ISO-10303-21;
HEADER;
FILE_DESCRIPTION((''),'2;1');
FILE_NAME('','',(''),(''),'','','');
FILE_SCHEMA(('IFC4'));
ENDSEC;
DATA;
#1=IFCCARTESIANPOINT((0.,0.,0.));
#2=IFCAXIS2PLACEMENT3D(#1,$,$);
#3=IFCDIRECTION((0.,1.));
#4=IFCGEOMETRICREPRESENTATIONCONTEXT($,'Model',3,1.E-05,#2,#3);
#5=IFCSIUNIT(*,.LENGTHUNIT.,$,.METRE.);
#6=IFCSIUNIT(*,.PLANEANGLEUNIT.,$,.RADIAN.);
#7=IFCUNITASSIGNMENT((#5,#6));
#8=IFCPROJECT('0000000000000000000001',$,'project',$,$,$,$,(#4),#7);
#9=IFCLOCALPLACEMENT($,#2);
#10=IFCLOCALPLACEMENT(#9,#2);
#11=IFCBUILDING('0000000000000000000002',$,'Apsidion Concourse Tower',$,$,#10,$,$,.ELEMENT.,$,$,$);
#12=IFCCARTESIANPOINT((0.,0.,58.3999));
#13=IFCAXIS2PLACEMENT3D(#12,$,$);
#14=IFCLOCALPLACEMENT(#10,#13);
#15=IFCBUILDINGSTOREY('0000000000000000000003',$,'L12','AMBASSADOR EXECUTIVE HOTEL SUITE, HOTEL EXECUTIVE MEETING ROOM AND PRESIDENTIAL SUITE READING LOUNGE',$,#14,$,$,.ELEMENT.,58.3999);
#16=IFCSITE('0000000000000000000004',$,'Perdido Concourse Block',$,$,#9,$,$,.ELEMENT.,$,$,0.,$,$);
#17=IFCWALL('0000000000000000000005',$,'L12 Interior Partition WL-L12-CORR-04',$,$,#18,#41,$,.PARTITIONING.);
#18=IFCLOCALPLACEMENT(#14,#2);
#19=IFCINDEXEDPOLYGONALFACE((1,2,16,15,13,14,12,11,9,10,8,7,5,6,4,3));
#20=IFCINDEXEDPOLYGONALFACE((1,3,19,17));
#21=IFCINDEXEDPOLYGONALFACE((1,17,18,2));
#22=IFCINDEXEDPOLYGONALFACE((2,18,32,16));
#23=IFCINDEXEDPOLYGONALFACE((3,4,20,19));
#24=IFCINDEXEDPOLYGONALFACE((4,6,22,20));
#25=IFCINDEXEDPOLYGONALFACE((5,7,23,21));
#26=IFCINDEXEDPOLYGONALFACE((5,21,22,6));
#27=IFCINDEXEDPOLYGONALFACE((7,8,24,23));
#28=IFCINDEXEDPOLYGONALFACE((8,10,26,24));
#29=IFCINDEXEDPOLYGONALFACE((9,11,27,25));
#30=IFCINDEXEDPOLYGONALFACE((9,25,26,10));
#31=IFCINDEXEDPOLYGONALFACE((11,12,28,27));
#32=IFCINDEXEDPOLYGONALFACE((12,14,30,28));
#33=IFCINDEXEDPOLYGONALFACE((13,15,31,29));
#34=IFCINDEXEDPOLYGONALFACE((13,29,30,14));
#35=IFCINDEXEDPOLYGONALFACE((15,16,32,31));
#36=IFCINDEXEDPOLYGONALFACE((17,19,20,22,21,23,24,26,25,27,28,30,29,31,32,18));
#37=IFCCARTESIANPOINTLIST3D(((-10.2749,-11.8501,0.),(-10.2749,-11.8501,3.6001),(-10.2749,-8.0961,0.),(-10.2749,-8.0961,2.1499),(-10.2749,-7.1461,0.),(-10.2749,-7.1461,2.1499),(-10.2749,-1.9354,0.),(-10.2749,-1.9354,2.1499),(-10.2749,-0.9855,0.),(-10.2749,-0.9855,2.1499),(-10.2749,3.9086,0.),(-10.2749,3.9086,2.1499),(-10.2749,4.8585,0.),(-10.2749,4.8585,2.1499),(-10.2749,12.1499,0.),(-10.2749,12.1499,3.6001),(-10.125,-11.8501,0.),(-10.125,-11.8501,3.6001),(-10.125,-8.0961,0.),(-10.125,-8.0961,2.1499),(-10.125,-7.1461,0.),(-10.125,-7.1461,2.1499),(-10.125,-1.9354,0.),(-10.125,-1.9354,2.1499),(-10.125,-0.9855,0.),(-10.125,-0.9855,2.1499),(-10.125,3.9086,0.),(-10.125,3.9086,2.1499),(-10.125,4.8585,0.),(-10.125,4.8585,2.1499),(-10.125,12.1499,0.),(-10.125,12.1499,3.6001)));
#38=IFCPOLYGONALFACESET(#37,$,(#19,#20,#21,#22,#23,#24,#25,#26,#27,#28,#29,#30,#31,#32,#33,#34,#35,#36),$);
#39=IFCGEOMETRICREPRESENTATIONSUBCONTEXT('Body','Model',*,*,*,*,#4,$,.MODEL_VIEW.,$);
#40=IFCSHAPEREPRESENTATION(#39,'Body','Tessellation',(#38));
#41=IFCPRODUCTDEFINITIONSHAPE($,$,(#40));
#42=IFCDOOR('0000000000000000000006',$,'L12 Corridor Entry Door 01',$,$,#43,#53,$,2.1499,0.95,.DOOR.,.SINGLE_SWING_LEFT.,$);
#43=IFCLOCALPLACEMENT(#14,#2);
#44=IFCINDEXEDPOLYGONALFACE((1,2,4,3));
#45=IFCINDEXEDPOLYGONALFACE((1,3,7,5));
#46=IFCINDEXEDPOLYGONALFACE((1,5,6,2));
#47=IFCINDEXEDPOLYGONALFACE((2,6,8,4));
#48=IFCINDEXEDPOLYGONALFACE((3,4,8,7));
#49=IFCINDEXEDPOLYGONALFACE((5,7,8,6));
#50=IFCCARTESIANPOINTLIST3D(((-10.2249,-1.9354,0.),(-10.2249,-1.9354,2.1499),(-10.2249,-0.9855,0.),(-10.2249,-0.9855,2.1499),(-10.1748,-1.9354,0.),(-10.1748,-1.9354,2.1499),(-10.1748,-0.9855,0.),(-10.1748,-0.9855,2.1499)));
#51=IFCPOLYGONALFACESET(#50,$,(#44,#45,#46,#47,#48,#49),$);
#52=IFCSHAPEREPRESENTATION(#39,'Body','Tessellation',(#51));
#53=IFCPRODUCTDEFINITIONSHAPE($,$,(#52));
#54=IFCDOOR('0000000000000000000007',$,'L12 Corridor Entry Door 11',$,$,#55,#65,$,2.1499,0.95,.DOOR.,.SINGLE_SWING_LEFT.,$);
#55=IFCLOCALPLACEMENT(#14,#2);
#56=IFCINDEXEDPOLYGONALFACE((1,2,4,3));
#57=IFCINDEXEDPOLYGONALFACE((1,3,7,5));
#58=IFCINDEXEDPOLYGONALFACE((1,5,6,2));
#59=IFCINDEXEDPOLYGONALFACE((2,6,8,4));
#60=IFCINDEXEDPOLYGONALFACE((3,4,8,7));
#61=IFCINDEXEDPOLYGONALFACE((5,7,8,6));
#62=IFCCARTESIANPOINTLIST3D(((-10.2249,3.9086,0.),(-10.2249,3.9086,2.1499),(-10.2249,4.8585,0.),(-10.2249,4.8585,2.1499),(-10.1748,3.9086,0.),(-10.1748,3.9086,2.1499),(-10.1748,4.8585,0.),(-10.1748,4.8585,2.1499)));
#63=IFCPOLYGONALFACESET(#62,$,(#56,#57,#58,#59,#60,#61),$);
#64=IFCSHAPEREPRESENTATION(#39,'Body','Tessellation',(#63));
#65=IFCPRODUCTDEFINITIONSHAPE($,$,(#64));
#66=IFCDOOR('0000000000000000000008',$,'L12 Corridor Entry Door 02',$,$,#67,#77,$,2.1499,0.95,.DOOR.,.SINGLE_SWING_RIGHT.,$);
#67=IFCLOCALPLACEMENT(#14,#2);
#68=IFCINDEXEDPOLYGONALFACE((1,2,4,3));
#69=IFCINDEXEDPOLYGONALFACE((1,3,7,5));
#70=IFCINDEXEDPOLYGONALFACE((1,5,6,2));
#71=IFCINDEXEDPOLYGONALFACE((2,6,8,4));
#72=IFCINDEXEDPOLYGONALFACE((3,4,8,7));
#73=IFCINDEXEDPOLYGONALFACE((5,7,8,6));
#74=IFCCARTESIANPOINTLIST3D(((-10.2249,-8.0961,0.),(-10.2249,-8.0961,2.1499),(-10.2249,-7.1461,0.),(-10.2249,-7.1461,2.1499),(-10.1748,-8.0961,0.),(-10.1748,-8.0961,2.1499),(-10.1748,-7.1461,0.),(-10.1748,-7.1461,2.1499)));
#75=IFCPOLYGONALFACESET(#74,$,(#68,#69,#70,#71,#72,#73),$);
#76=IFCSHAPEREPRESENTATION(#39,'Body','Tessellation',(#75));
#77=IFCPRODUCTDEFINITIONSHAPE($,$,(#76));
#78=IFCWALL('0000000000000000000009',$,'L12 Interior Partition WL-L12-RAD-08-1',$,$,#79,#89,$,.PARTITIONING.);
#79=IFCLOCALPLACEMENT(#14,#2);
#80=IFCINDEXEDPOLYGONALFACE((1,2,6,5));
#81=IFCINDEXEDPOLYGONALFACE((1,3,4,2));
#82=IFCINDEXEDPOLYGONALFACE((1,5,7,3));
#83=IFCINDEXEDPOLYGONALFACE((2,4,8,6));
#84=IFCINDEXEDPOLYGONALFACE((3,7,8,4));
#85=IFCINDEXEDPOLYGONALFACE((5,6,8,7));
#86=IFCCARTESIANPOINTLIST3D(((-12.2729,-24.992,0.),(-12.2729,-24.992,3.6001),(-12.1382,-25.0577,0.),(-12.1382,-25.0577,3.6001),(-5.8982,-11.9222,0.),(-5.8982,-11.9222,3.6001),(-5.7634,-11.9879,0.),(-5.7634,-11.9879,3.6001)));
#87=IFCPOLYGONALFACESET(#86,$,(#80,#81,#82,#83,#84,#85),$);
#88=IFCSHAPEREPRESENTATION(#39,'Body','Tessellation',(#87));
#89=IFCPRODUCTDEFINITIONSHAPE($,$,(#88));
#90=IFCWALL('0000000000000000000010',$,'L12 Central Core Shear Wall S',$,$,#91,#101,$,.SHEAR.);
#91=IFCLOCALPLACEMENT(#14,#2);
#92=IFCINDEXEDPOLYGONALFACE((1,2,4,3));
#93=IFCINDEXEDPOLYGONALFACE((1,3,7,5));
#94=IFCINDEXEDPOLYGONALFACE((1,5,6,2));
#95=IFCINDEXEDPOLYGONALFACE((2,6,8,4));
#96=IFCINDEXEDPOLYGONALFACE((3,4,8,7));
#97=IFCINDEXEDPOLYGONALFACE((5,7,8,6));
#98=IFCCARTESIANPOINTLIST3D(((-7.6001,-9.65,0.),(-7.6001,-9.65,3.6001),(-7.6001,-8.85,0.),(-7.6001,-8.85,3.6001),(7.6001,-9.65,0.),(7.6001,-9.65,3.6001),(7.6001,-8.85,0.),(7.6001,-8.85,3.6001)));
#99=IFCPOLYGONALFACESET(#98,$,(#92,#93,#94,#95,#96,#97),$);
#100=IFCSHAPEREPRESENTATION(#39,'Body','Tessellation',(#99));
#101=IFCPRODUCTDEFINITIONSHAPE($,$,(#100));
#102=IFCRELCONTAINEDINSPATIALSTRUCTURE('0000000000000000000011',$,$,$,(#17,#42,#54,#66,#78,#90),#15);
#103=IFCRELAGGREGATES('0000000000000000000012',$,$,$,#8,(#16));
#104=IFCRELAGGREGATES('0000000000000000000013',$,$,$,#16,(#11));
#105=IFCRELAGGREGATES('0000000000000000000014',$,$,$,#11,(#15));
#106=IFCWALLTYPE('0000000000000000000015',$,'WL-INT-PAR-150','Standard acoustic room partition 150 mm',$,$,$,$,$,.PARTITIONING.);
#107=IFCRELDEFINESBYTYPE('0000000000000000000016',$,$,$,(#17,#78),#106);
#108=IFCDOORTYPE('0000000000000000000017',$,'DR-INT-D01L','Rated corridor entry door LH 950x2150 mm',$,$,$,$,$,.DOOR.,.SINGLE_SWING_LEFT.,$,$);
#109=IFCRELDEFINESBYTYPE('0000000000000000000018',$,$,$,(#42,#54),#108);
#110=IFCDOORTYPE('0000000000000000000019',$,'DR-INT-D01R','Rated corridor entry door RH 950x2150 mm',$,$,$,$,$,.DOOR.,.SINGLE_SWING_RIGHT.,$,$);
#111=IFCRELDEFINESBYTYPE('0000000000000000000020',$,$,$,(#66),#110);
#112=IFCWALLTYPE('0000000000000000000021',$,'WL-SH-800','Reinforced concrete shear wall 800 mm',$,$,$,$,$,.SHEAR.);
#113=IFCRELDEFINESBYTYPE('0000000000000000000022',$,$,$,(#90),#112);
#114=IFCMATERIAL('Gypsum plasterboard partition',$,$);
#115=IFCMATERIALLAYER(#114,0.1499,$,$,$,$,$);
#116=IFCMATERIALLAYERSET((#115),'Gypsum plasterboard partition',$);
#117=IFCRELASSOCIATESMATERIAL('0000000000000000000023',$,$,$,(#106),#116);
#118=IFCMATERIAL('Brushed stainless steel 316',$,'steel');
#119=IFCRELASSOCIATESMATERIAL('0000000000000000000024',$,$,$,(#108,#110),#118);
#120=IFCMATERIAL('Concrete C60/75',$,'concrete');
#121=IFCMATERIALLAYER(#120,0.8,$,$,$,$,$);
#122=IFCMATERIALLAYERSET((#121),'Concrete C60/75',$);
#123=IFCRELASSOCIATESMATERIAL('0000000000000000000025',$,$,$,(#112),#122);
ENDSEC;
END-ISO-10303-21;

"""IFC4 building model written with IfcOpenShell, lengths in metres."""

from ifc_helpers import new_model, si_unit, direction, frame, frame_2d, origin, place, context, subcontext, project, spatial, rectangle, extrude, material, layer, layer_set, type_object, element, fill, save


model = new_model("IFC4")

# Units and contexts
model_context = context("Model", 3, precision=1e-05, world=origin(), true_north=direction((0.0, 1.0)))
body_context = subcontext(model_context, "Body", "Model", "MODEL_VIEW")
ifc_project = project(units=[si_unit("LENGTHUNIT", "METRE"), si_unit("PLANEANGLEUNIT", "RADIAN")], contexts=[model_context])

# Site, building, storey
site_placement = place(None, origin())
site = spatial("IfcSite", under=ifc_project, at=site_placement, Name="Perdido Concourse Block", CompositionType="ELEMENT", RefElevation=0.0)
building_placement = place(site_placement, origin())
building = spatial("IfcBuilding", under=site, at=building_placement, Name="Apsidion Concourse Tower", CompositionType="ELEMENT")
storey_placement = place(building_placement, frame((0.0, 0.0, 58.3999)))
storey = spatial("IfcBuildingStorey", under=building, at=storey_placement, Name="L12", Description="AMBASSADOR EXECUTIVE HOTEL SUITE, HOTEL EXECUTIVE MEETING ROOM AND PRESIDENTIAL SUITE READING LOUNGE", CompositionType="ELEMENT", Elevation=58.3999)

# Shared definitions
ifc_material_1 = material(Name="Concrete C60/75", Category="concrete")

# Shared definitions
ifc_material_2 = material(Name="Gypsum plasterboard partition")
ifc_layer_1 = layer(ifc_material_2, 0.1499)
ifc_layer_set_1 = layer_set([ifc_layer_1], Name="Gypsum plasterboard partition")
wall_type_1 = type_object("IfcWallType", Name="WL-INT-PAR-150", Description="Standard acoustic room partition 150 mm", PredefinedType="PARTITIONING", material=ifc_layer_set_1)

# Wall, openings, doors
wall_1_placement = place(storey_placement, frame((-10.2, -11.8501, 0.0), z_axis=(0.0, 0.0, 1.0), x_axis=(0.0, 1.0, 0.0)))
wall_1 = element("IfcWall", 1, at=wall_1_placement, inside=storey, type_object=wall_type_1, Name="L12 Interior Partition WL-L12-CORR-04", PredefinedType="PARTITIONING", context=body_context, shape_type="SweptSolid", body=[
    extrude(rectangle(XDim=24.0, YDim=0.1499, at=frame_2d((12.0, 0.0))), origin(), (0.0, 0.0, 1.0), 3.6001),
])
opening_1_placement = place(wall_1_placement, frame((9.9146, 0.0, 0.0)))
opening_1 = element("IfcOpeningElement", 2, at=opening_1_placement, cuts=wall_1, PredefinedType="OPENING", context=body_context, shape_type="SweptSolid", body=[
    extrude(rectangle(XDim=0.95, YDim=2.1499, at=frame_2d((0.4751, 1.075))), frame((0.0, 0.085, 0.0), z_axis=(0.0, -1.0, 0.0), x_axis=(1.0, 0.0, 0.0)), (0.0, 0.0, 1.0), 0.1699),
])
opening_2_placement = place(wall_1_placement, frame((3.7539, 0.0, 0.0)))
opening_2 = element("IfcOpeningElement", 3, at=opening_2_placement, cuts=wall_1, PredefinedType="OPENING", context=body_context, shape_type="SweptSolid", body=[
    extrude(rectangle(XDim=0.95, YDim=2.1499, at=frame_2d((0.4751, 1.075))), frame((0.0, 0.085, 0.0), z_axis=(0.0, -1.0, 0.0), x_axis=(1.0, 0.0, 0.0)), (0.0, 0.0, 1.0), 0.1699),
])
opening_3_placement = place(wall_1_placement, frame((15.7585, 0.0, 0.0)))
opening_3 = element("IfcOpeningElement", 4, at=opening_3_placement, cuts=wall_1, PredefinedType="OPENING", context=body_context, shape_type="SweptSolid", body=[
    extrude(rectangle(XDim=0.95, YDim=2.1499, at=frame_2d((0.4751, 1.075))), frame((0.0, 0.085, 0.0), z_axis=(0.0, -1.0, 0.0), x_axis=(1.0, 0.0, 0.0)), (0.0, 0.0, 1.0), 0.1699),
])
ifc_material_3 = material(Name="Brushed stainless steel 316", Category="steel")
door_type_1 = type_object("IfcDoorType", Name="DR-INT-D01L", Description="Rated corridor entry door LH 950x2150 mm", OperationType="SINGLE_SWING_LEFT", PredefinedType="DOOR", material=ifc_material_3)
door_1_placement = place(opening_1_placement, origin())
door_1 = element("IfcDoor", 5, at=door_1_placement, inside=storey, type_object=door_type_1, Name="L12 Corridor Entry Door 01", OperationType="SINGLE_SWING_LEFT", OverallHeight=2.1499, OverallWidth=0.95, PredefinedType="DOOR", context=body_context, shape_type="SweptSolid", body=[
    extrude(rectangle(XDim=0.95, YDim=2.1499, at=frame_2d((0.4751, 1.075))), frame((0.0, 0.0249, 0.0), z_axis=(0.0, -1.0, 0.0), x_axis=(1.0, 0.0, 0.0)), (0.0, 0.0, 1.0), 0.05),
])
fill(opening_1, door_1)
door_2_placement = place(opening_3_placement, origin())
door_2 = element("IfcDoor", 6, at=door_2_placement, inside=storey, type_object=door_type_1, Name="L12 Corridor Entry Door 11", OperationType="SINGLE_SWING_LEFT", OverallHeight=2.1499, OverallWidth=0.95, PredefinedType="DOOR", context=body_context, shape_type="SweptSolid", body=[
    extrude(rectangle(XDim=0.95, YDim=2.1499, at=frame_2d((0.4751, 1.075))), frame((0.0, 0.0249, 0.0), z_axis=(0.0, -1.0, 0.0), x_axis=(1.0, 0.0, 0.0)), (0.0, 0.0, 1.0), 0.05),
])
fill(opening_3, door_2)
door_type_2 = type_object("IfcDoorType", Name="DR-INT-D01R", Description="Rated corridor entry door RH 950x2150 mm", OperationType="SINGLE_SWING_RIGHT", PredefinedType="DOOR", material=ifc_material_3)
door_3_placement = place(opening_2_placement, origin())
door_3 = element("IfcDoor", 7, at=door_3_placement, inside=storey, type_object=door_type_2, Name="L12 Corridor Entry Door 02", OperationType="SINGLE_SWING_RIGHT", OverallHeight=2.1499, OverallWidth=0.95, PredefinedType="DOOR", context=body_context, shape_type="SweptSolid", body=[
    extrude(rectangle(XDim=0.95, YDim=2.1499, at=frame_2d((0.4751, 1.075))), frame((0.0, 0.0249, 0.0), z_axis=(0.0, -1.0, 0.0), x_axis=(1.0, 0.0, 0.0)), (0.0, 0.0, 1.0), 0.05),
])
fill(opening_2, door_3)

# Wall
wall_2_placement = place(storey_placement, frame((-5.8308, -11.9551, 0.0), z_axis=(0.0, 0.0, 1.0), x_axis=(-0.438381, -0.898789, 0.0)))
element("IfcWall", 8, at=wall_2_placement, inside=storey, type_object=wall_type_1, Name="L12 Interior Partition WL-L12-RAD-08-1", PredefinedType="PARTITIONING", context=body_context, shape_type="SweptSolid", body=[
    extrude(rectangle(XDim=14.5415, YDim=0.1499, at=frame_2d((7.2708, 0.0))), origin(), (0.0, 0.0, 1.0), 3.6001),
])

# Shared definitions
ifc_layer_2 = layer(ifc_material_1, 0.8)
ifc_layer_set_2 = layer_set([ifc_layer_2], Name="Concrete C60/75")
wall_type_2 = type_object("IfcWallType", Name="WL-SH-800", Description="Reinforced concrete shear wall 800 mm", PredefinedType="SHEAR", material=ifc_layer_set_2)

# Wall
wall_3_placement = place(storey_placement, frame((-7.6001, -9.25, 0.0), z_axis=(0.0, 0.0, 1.0), x_axis=(1.0, 0.0, 0.0)))
element("IfcWall", 9, at=wall_3_placement, inside=storey, type_object=wall_type_2, Name="L12 Central Core Shear Wall S", PredefinedType="SHEAR", context=body_context, shape_type="SweptSolid", body=[
    extrude(rectangle(XDim=15.2002, YDim=0.8, at=frame_2d((7.6001, 0.0))), origin(), (0.0, 0.0, 1.0), 3.6001),
])

save(model, "model.ifc")
